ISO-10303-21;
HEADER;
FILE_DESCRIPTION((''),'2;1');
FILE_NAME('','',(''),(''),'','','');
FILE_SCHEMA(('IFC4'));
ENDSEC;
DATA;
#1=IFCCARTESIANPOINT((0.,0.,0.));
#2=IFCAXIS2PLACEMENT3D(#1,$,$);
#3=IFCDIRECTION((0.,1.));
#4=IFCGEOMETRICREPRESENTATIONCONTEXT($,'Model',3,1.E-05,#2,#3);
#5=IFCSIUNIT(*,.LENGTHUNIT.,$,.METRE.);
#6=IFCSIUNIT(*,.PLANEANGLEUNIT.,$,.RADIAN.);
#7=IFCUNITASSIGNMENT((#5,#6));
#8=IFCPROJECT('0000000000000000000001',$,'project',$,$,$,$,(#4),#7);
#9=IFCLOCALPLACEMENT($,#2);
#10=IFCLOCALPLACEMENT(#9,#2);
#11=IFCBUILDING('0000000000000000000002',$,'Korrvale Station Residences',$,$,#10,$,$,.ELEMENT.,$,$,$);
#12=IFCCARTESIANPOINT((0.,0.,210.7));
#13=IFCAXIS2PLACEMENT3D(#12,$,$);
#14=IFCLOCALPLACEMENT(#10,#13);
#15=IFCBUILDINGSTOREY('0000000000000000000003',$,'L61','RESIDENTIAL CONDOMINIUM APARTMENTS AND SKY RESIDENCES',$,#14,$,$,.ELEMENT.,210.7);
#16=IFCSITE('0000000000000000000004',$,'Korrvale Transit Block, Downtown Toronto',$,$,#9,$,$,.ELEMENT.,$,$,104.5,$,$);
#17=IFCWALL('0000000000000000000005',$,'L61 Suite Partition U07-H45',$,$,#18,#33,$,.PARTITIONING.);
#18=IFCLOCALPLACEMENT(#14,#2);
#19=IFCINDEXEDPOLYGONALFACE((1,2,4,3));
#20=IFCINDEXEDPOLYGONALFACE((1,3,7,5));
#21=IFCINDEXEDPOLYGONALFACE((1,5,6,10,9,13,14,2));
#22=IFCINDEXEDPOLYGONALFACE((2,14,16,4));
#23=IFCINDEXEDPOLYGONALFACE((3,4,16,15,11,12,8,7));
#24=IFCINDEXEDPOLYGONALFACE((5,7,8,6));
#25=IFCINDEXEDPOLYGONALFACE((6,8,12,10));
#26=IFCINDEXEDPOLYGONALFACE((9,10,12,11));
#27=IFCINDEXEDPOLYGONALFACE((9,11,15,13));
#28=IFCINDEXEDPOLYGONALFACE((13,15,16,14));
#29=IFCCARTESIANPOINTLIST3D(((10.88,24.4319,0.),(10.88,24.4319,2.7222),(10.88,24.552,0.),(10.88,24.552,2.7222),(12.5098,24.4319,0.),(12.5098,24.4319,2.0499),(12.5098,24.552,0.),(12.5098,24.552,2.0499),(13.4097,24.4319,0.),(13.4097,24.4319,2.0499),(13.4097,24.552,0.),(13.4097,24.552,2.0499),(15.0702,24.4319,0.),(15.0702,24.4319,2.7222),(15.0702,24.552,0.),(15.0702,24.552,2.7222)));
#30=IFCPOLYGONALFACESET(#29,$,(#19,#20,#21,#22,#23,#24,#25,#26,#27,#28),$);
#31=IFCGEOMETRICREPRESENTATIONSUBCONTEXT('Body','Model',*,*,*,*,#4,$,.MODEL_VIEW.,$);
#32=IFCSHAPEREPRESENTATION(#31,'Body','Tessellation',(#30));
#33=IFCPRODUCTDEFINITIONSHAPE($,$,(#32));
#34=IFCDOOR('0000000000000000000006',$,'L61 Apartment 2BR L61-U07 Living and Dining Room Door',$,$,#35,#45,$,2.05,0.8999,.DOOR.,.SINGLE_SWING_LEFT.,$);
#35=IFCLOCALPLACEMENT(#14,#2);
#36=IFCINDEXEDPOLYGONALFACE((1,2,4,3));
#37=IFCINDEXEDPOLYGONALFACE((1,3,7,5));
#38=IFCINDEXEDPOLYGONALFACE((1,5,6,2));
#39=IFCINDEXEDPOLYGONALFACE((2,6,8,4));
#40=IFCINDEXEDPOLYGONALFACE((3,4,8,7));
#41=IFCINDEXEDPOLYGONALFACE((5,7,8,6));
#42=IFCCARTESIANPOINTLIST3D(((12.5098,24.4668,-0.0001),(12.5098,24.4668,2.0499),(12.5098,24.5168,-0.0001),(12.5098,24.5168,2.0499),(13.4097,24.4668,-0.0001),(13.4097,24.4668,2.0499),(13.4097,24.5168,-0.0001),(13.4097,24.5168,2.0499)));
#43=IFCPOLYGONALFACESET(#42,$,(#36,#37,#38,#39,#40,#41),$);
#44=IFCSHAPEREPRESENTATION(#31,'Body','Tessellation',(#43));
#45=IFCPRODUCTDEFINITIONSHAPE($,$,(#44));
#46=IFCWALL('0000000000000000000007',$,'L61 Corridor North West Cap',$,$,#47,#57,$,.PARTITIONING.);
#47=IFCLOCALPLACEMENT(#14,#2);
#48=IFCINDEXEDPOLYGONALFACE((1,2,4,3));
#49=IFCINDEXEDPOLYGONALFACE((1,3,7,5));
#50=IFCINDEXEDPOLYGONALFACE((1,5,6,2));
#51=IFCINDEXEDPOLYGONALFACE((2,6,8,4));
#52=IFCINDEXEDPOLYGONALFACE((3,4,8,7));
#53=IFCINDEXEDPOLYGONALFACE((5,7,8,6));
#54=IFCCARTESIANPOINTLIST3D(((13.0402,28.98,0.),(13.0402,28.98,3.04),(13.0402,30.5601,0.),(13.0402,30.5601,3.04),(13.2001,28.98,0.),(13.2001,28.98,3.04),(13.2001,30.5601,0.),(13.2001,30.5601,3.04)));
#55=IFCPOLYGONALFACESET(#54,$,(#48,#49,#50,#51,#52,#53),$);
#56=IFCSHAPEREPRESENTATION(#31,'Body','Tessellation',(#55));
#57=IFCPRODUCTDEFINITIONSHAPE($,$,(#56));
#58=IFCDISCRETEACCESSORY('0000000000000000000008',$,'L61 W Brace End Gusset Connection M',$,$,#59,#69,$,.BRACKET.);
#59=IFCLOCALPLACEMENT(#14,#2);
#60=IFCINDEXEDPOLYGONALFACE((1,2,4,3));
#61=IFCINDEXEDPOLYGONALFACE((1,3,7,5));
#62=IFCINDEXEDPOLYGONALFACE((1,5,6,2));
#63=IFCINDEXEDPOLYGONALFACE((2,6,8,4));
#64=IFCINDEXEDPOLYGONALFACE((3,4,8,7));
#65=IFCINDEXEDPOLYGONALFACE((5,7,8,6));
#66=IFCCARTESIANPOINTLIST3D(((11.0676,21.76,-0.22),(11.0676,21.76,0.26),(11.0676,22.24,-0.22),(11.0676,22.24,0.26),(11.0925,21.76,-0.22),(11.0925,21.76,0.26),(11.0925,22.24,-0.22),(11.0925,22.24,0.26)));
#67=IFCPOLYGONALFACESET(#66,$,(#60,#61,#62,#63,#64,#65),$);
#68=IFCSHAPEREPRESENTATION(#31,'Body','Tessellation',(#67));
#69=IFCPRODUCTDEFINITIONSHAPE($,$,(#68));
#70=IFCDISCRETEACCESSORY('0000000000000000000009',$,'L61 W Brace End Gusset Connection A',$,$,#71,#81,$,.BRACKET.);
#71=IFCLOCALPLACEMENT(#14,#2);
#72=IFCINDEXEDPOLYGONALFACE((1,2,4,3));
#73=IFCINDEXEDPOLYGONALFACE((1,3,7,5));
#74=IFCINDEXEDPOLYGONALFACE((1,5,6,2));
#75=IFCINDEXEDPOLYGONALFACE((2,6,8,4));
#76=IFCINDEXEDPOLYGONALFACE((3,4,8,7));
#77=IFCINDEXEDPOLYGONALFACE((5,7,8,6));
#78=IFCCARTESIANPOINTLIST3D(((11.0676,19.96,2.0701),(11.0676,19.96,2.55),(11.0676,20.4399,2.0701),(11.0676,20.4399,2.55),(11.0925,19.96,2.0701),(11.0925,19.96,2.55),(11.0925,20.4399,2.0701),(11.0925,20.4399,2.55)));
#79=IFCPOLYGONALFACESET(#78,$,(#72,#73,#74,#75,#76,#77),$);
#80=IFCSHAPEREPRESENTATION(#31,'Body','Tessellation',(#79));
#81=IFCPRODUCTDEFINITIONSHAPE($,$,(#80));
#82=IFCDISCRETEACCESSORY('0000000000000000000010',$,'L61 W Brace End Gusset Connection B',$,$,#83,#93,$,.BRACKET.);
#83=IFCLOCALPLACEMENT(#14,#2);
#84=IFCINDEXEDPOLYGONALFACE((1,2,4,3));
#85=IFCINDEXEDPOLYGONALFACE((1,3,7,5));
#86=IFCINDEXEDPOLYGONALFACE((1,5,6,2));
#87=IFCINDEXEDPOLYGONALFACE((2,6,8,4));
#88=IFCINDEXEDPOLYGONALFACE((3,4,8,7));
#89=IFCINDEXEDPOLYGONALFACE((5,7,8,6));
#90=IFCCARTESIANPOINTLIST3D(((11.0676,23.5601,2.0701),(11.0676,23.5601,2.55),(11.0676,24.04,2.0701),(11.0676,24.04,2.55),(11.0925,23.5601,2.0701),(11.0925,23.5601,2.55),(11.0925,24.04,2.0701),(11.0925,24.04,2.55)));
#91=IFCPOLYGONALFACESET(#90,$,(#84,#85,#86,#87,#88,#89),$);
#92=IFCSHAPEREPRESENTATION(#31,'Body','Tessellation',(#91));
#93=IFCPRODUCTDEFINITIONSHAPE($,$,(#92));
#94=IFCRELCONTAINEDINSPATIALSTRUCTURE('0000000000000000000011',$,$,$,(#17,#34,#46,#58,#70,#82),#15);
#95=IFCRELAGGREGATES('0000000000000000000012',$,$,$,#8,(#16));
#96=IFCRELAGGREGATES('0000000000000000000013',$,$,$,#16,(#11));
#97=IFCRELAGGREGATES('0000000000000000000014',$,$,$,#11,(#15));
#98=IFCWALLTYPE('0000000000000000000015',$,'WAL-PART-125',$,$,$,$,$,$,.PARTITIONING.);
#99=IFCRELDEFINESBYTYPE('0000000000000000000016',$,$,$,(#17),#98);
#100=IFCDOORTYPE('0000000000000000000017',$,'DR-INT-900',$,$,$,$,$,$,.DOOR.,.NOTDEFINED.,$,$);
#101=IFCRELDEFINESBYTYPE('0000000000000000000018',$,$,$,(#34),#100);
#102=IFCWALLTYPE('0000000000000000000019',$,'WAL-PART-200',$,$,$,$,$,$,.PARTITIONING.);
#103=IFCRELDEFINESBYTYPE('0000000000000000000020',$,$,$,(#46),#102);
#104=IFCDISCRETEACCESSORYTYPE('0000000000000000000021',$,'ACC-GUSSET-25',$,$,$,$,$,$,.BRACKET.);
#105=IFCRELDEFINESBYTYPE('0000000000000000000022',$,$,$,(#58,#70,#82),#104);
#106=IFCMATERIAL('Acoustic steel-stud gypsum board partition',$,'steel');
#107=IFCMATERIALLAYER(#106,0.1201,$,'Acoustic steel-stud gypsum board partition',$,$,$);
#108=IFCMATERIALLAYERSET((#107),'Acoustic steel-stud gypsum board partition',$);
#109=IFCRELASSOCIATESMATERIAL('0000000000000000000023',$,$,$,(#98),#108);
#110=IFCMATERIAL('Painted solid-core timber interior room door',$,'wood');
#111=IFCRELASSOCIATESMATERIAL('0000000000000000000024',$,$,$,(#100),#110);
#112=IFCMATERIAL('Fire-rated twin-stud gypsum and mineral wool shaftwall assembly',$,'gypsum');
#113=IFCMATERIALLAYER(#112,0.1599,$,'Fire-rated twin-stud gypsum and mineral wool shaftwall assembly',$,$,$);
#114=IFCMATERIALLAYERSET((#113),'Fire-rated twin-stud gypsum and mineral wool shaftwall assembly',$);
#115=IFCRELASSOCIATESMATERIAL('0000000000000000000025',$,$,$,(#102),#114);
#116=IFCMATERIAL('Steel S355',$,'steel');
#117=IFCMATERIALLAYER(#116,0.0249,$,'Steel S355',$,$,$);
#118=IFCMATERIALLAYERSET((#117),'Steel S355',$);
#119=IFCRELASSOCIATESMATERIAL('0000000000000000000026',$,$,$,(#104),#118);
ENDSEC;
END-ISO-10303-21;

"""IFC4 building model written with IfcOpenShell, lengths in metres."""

from ifc_helpers import new_model, si_unit, direction, frame, frame_2d, origin, origin_2d, place, context, subcontext, project, spatial, rectangle, extrude, material, layer, layer_set, type_object, element, fill, save


model = new_model("IFC4")

# Units and contexts
model_context = context("Model", 3, precision=1e-05, world=origin(), true_north=direction((0.0, 1.0)))
body_context = subcontext(model_context, "Body", "Model", "MODEL_VIEW")
ifc_project = project(units=[si_unit("LENGTHUNIT", "METRE"), si_unit("PLANEANGLEUNIT", "RADIAN")], contexts=[model_context])

# Site, building, storey
site_placement = place(None, origin())
site = spatial("IfcSite", under=ifc_project, at=site_placement, Name="Korrvale Transit Block, Downtown Toronto", CompositionType="ELEMENT", RefElevation=104.5)
building_placement = place(site_placement, origin())
building = spatial("IfcBuilding", under=site, at=building_placement, Name="Korrvale Station Residences", CompositionType="ELEMENT")
storey_placement = place(building_placement, frame((0.0, 0.0, 210.7)))
storey = spatial("IfcBuildingStorey", under=building, at=storey_placement, Name="L61", Description="RESIDENTIAL CONDOMINIUM APARTMENTS AND SKY RESIDENCES", CompositionType="ELEMENT", Elevation=210.7)

# Shared definitions
ifc_material_1 = material(Name="Steel S355", Category="steel")

# Shared definitions
ifc_material_2 = material(Name="Acoustic steel-stud gypsum board partition", Category="steel")
ifc_layer_1 = layer(ifc_material_2, 0.1201, Name="Acoustic steel-stud gypsum board partition")
ifc_layer_set_1 = layer_set([ifc_layer_1], Name="Acoustic steel-stud gypsum board partition")
wall_type_1 = type_object("IfcWallType", Name="WAL-PART-125", PredefinedType="PARTITIONING", material=ifc_layer_set_1)

# Wall, opening, door
ifc_material_3 = material(Name="Painted solid-core timber interior room door", Category="wood")
door_type = type_object("IfcDoorType", Name="DR-INT-900", OperationType="NOTDEFINED", PredefinedType="DOOR", material=ifc_material_3)
wall_1_placement = place(storey_placement, frame((10.8799, 24.4919, 0.0), z_axis=(0.0, 0.0, 1.0), x_axis=(1.0, 0.0, 0.0)))
wall_1 = element("IfcWall", 1, at=wall_1_placement, inside=storey, type_object=wall_type_1, Name="L61 Suite Partition U07-H45", PredefinedType="PARTITIONING", context=body_context, shape_type="SweptSolid", body=[
    extrude(rectangle(XDim=4.1902, YDim=0.1201, at=frame_2d((2.0952, 0.0))), origin(), (0.0, 0.0, 1.0), 2.7222),
])
opening_1_placement = place(wall_1_placement, frame((1.6299, 0.0, 0.0)))
opening_1 = element("IfcOpeningElement", 2, at=opening_1_placement, cuts=wall_1, PredefinedType="OPENING", context=body_context, shape_type="SweptSolid", body=[
    extrude(rectangle(XDim=0.8999, YDim=2.05, at=frame_2d((0.45, 1.0249))), frame((0.0, 0.0701, 0.0), z_axis=(0.0, -1.0, 0.0), x_axis=(1.0, 0.0, 0.0)), (0.0, 0.0, 1.0), 0.1401),
])
door_1_placement = place(opening_1_placement, origin())
door_1 = element("IfcDoor", 3, at=door_1_placement, inside=storey, type_object=door_type, Name="L61 Apartment 2BR L61-U07 Living and Dining Room Door", OperationType="SINGLE_SWING_LEFT", OverallHeight=2.05, OverallWidth=0.8999, PredefinedType="DOOR", context=body_context, shape_type="SweptSolid", body=[
    extrude(rectangle(XDim=0.8999, YDim=2.05, at=frame_2d((0.45, 1.0249))), frame((0.0, 0.0249, 0.0), z_axis=(0.0, -1.0, 0.0), x_axis=(1.0, 0.0, 0.0)), (0.0, 0.0, 1.0), 0.05),
])
fill(opening_1, door_1)

# Wall
ifc_material_4 = material(Name="Fire-rated twin-stud gypsum and mineral wool shaftwall assembly", Category="gypsum")
ifc_layer_2 = layer(ifc_material_4, 0.1599, Name="Fire-rated twin-stud gypsum and mineral wool shaftwall assembly")
ifc_layer_set_2 = layer_set([ifc_layer_2], Name="Fire-rated twin-stud gypsum and mineral wool shaftwall assembly")
wall_type_2 = type_object("IfcWallType", Name="WAL-PART-200", PredefinedType="PARTITIONING", material=ifc_layer_set_2)
wall_2_placement = place(storey_placement, frame((13.1201, 28.98, 0.0), z_axis=(0.0, 0.0, 1.0), x_axis=(0.0, 1.0, 0.0)))
element("IfcWall", 4, at=wall_2_placement, inside=storey, type_object=wall_type_2, Name="L61 Corridor North West Cap", PredefinedType="PARTITIONING", context=body_context, shape_type="SweptSolid", body=[
    extrude(rectangle(XDim=1.5801, YDim=0.1599, at=frame_2d((0.79, 0.0))), origin(), (0.0, 0.0, 1.0), 3.04),
])

# Discrete accessories
ifc_layer_3 = layer(ifc_material_1, 0.0249, Name="Steel S355")
ifc_layer_set_3 = layer_set([ifc_layer_3], Name="Steel S355")
discrete_accessory_type = type_object("IfcDiscreteAccessoryType", Name="ACC-GUSSET-25", PredefinedType="BRACKET", material=ifc_layer_set_3)
for number, where, z_axis, x_axis, name in (
    (5, (11.0801, 22.0, -0.22), (0.0, 0.0, 1.0), (0.0, 1.0, 0.0), "L61 W Brace End Gusset Connection M"),
    (6, (11.0801, 20.2, 2.0701), (0.0, 0.0, 1.0), (0.0, 1.0, 0.0), "L61 W Brace End Gusset Connection A"),
    (7, (11.0801, 23.8, 2.0701), (0.0, 0.0, 1.0), (0.0, 1.0, 0.0), "L61 W Brace End Gusset Connection B"),
):
    element("IfcDiscreteAccessory", number, at=place(storey_placement, frame(where, z_axis=z_axis, x_axis=x_axis)), inside=storey, type_object=discrete_accessory_type, Name=name, PredefinedType="BRACKET", context=body_context, shape_type="SweptSolid", body=[
        extrude(rectangle(XDim=0.48, YDim=0.0249, at=origin_2d()), origin(), (0.0, 0.0, 1.0), 0.48),
    ])

save(model, "model.ifc")
